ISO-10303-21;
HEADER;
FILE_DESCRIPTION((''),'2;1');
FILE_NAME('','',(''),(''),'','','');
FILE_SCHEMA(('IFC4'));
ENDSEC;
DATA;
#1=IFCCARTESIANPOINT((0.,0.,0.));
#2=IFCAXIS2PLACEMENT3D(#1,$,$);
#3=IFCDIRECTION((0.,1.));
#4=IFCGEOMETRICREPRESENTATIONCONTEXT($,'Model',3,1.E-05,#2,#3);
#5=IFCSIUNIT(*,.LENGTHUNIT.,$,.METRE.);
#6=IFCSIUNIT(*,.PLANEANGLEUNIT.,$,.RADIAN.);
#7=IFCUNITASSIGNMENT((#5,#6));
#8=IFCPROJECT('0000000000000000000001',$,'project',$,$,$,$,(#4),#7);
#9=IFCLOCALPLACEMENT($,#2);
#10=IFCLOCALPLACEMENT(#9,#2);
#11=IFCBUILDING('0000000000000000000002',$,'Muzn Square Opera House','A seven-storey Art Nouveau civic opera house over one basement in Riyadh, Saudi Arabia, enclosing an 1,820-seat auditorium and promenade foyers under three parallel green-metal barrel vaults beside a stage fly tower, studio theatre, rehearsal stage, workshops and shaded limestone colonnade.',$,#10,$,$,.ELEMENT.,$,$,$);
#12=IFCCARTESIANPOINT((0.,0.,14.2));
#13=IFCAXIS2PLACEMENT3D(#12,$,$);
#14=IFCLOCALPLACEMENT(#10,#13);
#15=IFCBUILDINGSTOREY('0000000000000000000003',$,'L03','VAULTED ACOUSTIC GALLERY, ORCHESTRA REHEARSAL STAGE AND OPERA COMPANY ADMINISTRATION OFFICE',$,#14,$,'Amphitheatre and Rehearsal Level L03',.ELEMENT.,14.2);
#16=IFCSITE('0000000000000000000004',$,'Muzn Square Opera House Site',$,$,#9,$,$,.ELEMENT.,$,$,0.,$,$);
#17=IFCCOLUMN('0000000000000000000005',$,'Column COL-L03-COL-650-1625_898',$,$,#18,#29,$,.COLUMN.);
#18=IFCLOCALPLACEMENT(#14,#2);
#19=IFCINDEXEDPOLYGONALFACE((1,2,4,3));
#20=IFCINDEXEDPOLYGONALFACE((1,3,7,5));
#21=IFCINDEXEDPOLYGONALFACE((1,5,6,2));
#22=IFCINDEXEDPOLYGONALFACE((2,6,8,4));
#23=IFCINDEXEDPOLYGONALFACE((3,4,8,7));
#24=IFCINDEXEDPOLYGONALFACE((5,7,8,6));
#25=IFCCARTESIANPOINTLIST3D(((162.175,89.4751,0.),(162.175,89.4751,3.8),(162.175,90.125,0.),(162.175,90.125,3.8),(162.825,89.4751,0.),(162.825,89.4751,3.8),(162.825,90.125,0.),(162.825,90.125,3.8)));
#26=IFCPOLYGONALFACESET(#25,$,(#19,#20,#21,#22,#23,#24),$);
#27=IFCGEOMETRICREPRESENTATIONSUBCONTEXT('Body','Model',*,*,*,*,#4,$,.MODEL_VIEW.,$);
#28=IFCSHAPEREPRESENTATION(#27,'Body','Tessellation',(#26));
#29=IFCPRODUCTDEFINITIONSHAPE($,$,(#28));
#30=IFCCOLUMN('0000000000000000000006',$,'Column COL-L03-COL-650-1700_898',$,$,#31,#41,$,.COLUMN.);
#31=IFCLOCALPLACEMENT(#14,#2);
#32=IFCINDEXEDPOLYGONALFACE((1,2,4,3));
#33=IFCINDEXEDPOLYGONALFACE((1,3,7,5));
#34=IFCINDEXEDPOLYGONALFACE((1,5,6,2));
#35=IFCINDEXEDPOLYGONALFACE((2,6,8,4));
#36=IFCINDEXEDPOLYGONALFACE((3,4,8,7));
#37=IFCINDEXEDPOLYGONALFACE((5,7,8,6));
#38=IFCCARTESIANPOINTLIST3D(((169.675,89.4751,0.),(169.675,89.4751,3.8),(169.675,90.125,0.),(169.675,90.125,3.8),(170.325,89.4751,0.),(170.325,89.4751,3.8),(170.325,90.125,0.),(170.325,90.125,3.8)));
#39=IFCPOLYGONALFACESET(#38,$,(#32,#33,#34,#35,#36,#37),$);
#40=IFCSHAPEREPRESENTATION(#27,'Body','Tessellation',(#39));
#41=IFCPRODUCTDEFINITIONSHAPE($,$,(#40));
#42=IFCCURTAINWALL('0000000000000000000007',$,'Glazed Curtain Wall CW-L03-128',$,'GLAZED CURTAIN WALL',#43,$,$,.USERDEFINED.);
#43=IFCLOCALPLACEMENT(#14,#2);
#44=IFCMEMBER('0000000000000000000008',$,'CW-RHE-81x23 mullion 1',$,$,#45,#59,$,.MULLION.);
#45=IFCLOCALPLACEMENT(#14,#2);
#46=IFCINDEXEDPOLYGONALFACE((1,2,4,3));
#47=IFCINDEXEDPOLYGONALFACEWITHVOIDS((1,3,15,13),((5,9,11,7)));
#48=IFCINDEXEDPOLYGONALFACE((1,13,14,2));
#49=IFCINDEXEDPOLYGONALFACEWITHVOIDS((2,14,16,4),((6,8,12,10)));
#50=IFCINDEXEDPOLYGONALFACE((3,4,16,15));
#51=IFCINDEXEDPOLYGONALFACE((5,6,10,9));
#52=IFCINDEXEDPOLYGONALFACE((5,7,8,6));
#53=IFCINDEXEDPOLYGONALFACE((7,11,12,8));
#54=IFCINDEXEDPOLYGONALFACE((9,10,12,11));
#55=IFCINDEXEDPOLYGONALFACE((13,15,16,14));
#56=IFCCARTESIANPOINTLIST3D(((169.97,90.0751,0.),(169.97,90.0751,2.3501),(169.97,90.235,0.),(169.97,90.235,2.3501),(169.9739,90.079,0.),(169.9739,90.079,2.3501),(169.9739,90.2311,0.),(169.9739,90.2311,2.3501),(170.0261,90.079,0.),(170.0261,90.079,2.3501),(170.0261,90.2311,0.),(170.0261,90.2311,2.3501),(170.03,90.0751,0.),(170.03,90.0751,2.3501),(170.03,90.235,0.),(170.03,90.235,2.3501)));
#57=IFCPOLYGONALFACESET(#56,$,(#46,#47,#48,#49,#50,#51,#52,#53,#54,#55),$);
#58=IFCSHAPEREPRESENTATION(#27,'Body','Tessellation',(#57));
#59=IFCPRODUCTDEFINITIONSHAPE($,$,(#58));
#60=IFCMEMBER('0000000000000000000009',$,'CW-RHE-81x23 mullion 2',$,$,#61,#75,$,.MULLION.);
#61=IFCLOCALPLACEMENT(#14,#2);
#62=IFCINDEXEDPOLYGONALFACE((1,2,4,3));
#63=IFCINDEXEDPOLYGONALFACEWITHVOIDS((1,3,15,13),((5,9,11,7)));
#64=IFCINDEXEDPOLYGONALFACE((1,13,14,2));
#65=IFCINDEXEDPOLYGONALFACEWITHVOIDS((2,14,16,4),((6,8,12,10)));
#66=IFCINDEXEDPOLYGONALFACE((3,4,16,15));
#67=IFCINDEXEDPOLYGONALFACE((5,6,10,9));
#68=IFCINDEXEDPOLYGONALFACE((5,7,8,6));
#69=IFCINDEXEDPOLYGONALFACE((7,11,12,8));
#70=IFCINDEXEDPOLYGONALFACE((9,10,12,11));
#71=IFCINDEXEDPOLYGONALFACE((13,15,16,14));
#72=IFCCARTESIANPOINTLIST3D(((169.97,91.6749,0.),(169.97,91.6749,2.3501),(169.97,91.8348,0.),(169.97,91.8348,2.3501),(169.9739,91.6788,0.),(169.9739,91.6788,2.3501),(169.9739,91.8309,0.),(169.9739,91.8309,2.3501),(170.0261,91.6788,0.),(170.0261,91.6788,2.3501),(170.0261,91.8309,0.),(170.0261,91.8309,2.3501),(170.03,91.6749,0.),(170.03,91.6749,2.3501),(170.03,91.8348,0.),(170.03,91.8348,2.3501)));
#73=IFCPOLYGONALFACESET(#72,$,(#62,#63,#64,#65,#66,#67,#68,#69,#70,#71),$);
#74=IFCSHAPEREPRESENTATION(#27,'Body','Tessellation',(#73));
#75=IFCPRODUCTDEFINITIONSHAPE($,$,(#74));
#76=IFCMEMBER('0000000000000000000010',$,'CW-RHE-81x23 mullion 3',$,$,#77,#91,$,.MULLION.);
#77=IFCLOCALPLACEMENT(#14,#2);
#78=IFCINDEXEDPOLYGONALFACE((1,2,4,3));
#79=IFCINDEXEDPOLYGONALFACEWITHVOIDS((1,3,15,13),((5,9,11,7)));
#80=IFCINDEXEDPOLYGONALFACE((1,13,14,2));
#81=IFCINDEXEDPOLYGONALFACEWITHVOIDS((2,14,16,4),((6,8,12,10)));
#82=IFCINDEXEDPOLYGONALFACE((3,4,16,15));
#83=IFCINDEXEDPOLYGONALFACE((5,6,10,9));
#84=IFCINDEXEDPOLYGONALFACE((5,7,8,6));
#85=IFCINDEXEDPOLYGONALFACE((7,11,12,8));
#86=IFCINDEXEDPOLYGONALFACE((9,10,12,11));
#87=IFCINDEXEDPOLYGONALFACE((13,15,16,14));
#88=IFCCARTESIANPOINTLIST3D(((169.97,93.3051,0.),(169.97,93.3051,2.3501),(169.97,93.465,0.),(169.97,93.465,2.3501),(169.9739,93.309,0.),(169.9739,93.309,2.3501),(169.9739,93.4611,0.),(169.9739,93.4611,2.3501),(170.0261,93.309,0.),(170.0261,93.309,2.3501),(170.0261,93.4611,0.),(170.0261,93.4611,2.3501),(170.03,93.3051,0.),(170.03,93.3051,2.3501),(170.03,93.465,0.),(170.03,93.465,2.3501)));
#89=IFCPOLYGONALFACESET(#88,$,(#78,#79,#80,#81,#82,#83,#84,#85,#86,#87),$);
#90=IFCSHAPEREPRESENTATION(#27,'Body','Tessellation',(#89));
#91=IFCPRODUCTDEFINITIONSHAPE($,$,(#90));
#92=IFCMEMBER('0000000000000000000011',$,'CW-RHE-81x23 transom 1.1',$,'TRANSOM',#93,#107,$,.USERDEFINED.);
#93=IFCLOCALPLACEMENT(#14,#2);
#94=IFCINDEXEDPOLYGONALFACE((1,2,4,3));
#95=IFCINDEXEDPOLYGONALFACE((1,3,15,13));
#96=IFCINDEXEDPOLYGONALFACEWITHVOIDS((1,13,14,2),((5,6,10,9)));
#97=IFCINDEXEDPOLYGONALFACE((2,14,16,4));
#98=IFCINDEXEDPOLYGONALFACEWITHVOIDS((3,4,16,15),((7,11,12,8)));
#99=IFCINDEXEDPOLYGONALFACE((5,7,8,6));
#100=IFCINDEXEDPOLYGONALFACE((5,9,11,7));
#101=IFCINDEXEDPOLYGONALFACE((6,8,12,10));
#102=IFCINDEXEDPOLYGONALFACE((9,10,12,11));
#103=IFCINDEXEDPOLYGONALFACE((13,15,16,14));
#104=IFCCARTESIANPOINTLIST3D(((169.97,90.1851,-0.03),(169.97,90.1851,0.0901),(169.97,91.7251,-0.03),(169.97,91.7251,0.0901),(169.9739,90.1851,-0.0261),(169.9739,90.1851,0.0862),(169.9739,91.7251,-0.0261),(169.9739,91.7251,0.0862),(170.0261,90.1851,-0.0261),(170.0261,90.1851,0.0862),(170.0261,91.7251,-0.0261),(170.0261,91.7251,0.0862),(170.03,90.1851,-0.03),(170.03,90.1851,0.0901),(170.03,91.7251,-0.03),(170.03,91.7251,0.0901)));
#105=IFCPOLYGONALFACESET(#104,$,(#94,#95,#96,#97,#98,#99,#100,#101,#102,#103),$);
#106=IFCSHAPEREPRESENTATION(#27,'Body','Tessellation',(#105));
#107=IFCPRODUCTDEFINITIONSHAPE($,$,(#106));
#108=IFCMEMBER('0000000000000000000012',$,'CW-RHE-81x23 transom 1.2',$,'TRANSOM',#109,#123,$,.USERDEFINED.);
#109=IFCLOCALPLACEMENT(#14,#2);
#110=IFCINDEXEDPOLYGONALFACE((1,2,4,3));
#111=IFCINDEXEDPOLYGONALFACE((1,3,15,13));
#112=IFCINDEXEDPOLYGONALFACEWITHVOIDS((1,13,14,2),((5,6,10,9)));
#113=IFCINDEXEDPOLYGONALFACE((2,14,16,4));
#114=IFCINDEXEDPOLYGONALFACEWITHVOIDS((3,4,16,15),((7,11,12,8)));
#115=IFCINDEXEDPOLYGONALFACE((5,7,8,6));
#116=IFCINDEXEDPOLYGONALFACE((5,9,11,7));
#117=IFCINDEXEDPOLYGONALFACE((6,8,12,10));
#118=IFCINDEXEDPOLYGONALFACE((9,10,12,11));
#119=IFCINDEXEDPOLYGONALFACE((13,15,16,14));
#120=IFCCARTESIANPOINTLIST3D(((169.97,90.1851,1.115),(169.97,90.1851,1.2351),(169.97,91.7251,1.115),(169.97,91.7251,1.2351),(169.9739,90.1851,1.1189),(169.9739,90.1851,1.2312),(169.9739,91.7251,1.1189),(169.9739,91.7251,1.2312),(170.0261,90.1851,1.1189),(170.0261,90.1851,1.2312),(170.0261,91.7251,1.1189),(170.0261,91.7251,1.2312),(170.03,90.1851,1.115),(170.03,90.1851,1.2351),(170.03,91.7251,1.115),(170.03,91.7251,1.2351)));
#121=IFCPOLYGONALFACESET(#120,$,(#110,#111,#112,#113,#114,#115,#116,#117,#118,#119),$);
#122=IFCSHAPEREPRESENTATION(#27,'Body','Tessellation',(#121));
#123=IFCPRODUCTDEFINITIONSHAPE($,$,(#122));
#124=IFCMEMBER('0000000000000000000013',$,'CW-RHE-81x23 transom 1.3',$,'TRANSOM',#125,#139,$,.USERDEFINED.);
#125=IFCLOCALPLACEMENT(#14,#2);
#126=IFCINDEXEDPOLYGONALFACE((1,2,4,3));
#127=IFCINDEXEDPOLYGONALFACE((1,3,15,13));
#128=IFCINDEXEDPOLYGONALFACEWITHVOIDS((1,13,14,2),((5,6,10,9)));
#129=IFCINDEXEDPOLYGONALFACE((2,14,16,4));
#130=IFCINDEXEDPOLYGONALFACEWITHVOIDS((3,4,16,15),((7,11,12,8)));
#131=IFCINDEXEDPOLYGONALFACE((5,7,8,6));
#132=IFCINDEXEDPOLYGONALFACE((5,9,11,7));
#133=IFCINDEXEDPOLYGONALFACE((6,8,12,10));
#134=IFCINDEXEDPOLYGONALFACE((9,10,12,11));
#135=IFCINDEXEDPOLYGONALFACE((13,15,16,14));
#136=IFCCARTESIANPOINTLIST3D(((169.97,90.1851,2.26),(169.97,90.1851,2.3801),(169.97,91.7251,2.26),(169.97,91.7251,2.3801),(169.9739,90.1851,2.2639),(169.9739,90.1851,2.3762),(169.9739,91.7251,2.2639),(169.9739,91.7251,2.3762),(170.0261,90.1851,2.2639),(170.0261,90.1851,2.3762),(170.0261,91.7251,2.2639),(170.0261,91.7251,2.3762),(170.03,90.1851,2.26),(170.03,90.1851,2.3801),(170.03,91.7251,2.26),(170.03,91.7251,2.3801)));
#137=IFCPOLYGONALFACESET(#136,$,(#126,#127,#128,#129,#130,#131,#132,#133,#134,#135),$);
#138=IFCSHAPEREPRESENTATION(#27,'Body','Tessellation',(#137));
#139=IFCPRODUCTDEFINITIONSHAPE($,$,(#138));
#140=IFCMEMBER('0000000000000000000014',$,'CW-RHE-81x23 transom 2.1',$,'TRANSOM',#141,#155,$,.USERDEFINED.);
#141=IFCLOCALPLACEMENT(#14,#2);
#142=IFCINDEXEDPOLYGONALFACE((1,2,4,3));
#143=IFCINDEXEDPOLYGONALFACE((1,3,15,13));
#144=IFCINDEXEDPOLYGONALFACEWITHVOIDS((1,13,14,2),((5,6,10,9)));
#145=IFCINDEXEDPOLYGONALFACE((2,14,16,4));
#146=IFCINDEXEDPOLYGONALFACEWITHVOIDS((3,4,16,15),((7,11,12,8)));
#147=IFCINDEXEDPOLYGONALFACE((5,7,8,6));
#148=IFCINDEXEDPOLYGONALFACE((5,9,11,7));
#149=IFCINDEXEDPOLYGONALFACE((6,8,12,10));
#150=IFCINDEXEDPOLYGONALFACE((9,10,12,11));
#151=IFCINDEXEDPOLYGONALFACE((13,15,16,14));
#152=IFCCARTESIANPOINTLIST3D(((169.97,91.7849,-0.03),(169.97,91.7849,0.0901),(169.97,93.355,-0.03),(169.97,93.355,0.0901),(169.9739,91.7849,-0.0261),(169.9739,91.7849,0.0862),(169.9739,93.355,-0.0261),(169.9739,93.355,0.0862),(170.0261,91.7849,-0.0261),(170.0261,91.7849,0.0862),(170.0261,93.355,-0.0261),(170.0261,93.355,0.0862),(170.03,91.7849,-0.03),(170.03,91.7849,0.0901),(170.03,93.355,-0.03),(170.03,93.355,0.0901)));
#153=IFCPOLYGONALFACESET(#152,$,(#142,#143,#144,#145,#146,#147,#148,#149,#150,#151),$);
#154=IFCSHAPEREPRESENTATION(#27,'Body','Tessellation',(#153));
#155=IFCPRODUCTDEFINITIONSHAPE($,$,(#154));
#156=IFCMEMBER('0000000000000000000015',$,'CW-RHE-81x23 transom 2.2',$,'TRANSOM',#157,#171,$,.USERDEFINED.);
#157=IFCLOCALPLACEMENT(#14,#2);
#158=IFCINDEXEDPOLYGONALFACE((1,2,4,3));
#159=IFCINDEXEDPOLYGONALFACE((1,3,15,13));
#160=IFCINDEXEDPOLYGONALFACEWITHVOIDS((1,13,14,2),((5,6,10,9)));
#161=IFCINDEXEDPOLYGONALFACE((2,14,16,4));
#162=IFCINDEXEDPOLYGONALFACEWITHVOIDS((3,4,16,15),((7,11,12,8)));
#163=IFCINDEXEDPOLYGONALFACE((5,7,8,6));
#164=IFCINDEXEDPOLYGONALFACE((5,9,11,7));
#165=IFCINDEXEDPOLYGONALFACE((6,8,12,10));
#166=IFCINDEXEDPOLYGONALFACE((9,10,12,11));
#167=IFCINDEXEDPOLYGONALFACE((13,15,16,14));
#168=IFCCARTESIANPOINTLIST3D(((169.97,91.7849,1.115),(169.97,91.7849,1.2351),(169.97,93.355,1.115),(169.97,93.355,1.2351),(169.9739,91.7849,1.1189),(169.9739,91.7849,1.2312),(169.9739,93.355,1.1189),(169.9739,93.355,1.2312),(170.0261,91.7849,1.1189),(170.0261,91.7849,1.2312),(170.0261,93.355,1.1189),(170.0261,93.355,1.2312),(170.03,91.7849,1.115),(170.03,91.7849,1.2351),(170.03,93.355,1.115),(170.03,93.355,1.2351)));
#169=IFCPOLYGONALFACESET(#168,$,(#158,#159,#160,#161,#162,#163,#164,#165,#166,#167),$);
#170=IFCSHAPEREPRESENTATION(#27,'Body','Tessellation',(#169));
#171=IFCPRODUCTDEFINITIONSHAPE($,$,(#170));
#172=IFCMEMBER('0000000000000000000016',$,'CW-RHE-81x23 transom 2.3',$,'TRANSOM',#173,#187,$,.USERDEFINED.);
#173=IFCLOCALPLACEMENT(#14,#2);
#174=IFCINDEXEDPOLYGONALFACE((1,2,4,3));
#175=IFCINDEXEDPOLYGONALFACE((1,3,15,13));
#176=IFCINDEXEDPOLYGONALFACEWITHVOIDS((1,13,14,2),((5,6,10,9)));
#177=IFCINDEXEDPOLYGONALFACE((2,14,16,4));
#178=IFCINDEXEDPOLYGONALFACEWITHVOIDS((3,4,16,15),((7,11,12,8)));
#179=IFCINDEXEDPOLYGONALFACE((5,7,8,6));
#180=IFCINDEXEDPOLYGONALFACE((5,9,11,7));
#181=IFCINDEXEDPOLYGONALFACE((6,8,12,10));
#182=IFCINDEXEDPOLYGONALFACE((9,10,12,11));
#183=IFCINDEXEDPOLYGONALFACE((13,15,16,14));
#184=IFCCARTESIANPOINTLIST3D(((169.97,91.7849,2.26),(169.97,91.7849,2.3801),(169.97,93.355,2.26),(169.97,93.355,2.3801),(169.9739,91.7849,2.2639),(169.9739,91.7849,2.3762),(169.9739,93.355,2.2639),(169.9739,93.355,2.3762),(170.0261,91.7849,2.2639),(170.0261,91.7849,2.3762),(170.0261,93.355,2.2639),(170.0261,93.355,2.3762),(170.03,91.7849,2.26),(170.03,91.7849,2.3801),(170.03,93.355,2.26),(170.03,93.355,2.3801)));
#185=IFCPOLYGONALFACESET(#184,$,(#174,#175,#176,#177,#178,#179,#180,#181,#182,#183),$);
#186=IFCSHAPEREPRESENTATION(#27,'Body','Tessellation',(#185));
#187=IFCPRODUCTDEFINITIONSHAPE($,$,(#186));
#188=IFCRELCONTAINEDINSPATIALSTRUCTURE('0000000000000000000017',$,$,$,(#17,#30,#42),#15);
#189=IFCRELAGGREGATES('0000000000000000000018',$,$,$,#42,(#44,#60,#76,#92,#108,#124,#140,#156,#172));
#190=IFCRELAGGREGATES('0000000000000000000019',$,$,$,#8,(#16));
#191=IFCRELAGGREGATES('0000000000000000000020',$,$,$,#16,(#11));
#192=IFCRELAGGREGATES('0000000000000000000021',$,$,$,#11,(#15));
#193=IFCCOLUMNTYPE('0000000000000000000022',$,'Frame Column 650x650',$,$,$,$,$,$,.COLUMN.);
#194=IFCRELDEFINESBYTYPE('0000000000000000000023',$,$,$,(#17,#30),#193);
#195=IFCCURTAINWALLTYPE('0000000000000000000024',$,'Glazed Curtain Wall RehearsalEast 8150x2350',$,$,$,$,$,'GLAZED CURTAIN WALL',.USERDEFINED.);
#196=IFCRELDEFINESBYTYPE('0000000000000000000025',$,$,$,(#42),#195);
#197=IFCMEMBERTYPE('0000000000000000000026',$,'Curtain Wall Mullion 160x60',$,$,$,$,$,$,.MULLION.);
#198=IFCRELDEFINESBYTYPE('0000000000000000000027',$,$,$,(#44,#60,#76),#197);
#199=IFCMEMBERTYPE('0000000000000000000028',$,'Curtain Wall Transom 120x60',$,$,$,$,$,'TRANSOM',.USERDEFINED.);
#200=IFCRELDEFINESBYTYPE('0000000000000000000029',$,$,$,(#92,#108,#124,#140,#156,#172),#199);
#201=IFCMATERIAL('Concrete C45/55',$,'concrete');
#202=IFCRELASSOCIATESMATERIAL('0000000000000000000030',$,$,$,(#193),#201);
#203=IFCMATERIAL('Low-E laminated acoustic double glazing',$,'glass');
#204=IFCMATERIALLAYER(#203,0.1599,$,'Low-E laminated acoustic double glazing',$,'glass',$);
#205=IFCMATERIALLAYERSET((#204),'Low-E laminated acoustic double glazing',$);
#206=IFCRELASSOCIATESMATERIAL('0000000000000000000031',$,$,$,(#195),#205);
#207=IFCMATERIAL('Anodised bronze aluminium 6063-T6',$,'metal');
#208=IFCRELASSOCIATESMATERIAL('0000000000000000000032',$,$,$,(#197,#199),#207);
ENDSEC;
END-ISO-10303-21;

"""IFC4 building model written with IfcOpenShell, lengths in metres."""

from ifc_helpers import new_model, si_unit, direction, frame, origin, origin_2d, place, context, subcontext, project, spatial, rectangle, hollow_rectangle, extrude, material, layer, layer_set, material_profile, profile_set, type_object, element, aggregate, save


model = new_model("IFC4")

# Units and contexts
model_context = context("Model", 3, precision=1e-05, world=origin(), true_north=direction((0.0, 1.0)))
body_context = subcontext(model_context, "Body", "Model", "MODEL_VIEW")
ifc_project = project(units=[si_unit("LENGTHUNIT", "METRE"), si_unit("PLANEANGLEUNIT", "RADIAN")], contexts=[model_context])

# Site, building, storey
site_placement = place(None, origin())
site = spatial("IfcSite", under=ifc_project, at=site_placement, Name="Muzn Square Opera House Site", CompositionType="ELEMENT", RefElevation=0.0)
building_placement = place(site_placement, origin())
building = spatial("IfcBuilding", under=site, at=building_placement, Name="Muzn Square Opera House", Description="A seven-storey Art Nouveau civic opera house over one basement in Riyadh, Saudi Arabia, enclosing an 1,820-seat auditorium and promenade foyers under three parallel green-metal barrel vaults beside a stage fly tower, studio theatre, rehearsal stage, workshops and shaded limestone colonnade.", CompositionType="ELEMENT")
storey_placement = place(building_placement, frame((0.0, 0.0, 14.2)))
storey = spatial("IfcBuildingStorey", under=building, at=storey_placement, Name="L03", Description="VAULTED ACOUSTIC GALLERY, ORCHESTRA REHEARSAL STAGE AND OPERA COMPANY ADMINISTRATION OFFICE", LongName="Amphitheatre and Rehearsal Level L03", CompositionType="ELEMENT", Elevation=14.2)

# Columns
ifc_material_1 = material(Name="Concrete C45/55", Category="concrete")
ifc_material_profile_1 = material_profile(ifc_material_1, rectangle(XDim=0.6499, YDim=0.6499, at=origin_2d()), Name="RC 650x650", Category="concrete")
ifc_profile_set_1 = profile_set([ifc_material_profile_1], Name="Concrete C45/55")
column_type = type_object("IfcColumnType", Name="Frame Column 650x650", PredefinedType="COLUMN", material=ifc_profile_set_1)
for number, where, z_axis, x_axis, name in (
    (1, (162.5, 89.8, 0.0), (0.0, 0.0, 1.0), (1.0, 0.0, 0.0), "Column COL-L03-COL-650-1625_898"),
    (2, (170.0, 89.8, 0.0), (0.0, 0.0, 1.0), (1.0, 0.0, 0.0), "Column COL-L03-COL-650-1700_898"),
):
    element("IfcColumn", number, at=place(storey_placement, frame(where, z_axis=z_axis, x_axis=x_axis)), inside=storey, type_object=column_type, Name=name, PredefinedType="COLUMN", context=body_context, shape_type="SweptSolid", body=[
        extrude(rectangle(XDim=0.6499, YDim=0.6499, at=origin_2d()), origin(), (0.0, 0.0, 1.0), 3.8),
    ])

# Curtain wall, members
ifc_material_2 = material(Name="Low-E laminated acoustic double glazing", Category="glass")
ifc_layer_1 = layer(ifc_material_2, 0.1599, Name="Low-E laminated acoustic double glazing", Category="glass")
ifc_layer_set_1 = layer_set([ifc_layer_1], Name="Low-E laminated acoustic double glazing")
curtain_wall_type = type_object("IfcCurtainWallType", Name="Glazed Curtain Wall RehearsalEast 8150x2350", ElementType="GLAZED CURTAIN WALL", PredefinedType="USERDEFINED", material=ifc_layer_set_1)
curtain_wall_placement = place(storey_placement, origin())
curtain_wall = element("IfcCurtainWall", 3, at=curtain_wall_placement, inside=storey, type_object=curtain_wall_type, Name="Glazed Curtain Wall CW-L03-128", ObjectType="GLAZED CURTAIN WALL", PredefinedType="USERDEFINED")
ifc_material_3 = material(Name="Anodised bronze aluminium 6063-T6", Category="metal")
ifc_material_profile_2 = material_profile(ifc_material_3, hollow_rectangle(XDim=0.0601, YDim=0.1599, WallThickness=0.0039, at=origin_2d()), Name="ALU 160x60x4", Category="metal")
ifc_profile_set_2 = profile_set([ifc_material_profile_2], Name="Anodised bronze aluminium 6063-T6")
member_type_1 = type_object("IfcMemberType", Name="Curtain Wall Mullion 160x60", PredefinedType="MULLION", material=ifc_profile_set_2)
member_1_placement = place(storey_placement, frame((170.0, 90.155, 0.0), z_axis=(0.0, 0.0, 1.0), x_axis=(-1.0, 0.0, 0.0)))
member_1 = element("IfcMember", 4, at=member_1_placement, type_object=member_type_1, Name="CW-RHE-81x23 mullion 1", PredefinedType="MULLION", context=body_context, shape_type="SweptSolid", body=[
    extrude(hollow_rectangle(XDim=0.0601, YDim=0.1599, WallThickness=0.0039, at=origin_2d()), origin(), (0.0, 0.0, 1.0), 2.3501),
])
member_2_placement = place(storey_placement, frame((170.0, 91.7549, 0.0), z_axis=(0.0, 0.0, 1.0), x_axis=(-1.0, 0.0, 0.0)))
member_2 = element("IfcMember", 5, at=member_2_placement, type_object=member_type_1, Name="CW-RHE-81x23 mullion 2", PredefinedType="MULLION", context=body_context, shape_type="SweptSolid", body=[
    extrude(hollow_rectangle(XDim=0.0601, YDim=0.1599, WallThickness=0.0039, at=origin_2d()), origin(), (0.0, 0.0, 1.0), 2.3501),
])
member_3_placement = place(storey_placement, frame((170.0, 93.385, 0.0), z_axis=(0.0, 0.0, 1.0), x_axis=(-1.0, 0.0, 0.0)))
member_3 = element("IfcMember", 6, at=member_3_placement, type_object=member_type_1, Name="CW-RHE-81x23 mullion 3", PredefinedType="MULLION", context=body_context, shape_type="SweptSolid", body=[
    extrude(hollow_rectangle(XDim=0.0601, YDim=0.1599, WallThickness=0.0039, at=origin_2d()), origin(), (0.0, 0.0, 1.0), 2.3501),
])
ifc_material_profile_3 = material_profile(ifc_material_3, hollow_rectangle(XDim=0.0601, YDim=0.1201, WallThickness=0.0039, at=origin_2d()), Name="ALU 120x60x4", Category="metal")
ifc_profile_set_3 = profile_set([ifc_material_profile_3], Name="Anodised bronze aluminium 6063-T6")
member_type_2 = type_object("IfcMemberType", Name="Curtain Wall Transom 120x60", ElementType="TRANSOM", PredefinedType="USERDEFINED", material=ifc_profile_set_3)
member_4_placement = place(storey_placement, frame((170.0, 90.1851, 0.03), z_axis=(0.0, 1.0, 0.0), x_axis=(-1.0, 0.0, 0.0)))
member_4 = element("IfcMember", 7, at=member_4_placement, type_object=member_type_2, Name="CW-RHE-81x23 transom 1.1", ObjectType="TRANSOM", PredefinedType="USERDEFINED", context=body_context, shape_type="SweptSolid", body=[
    extrude(hollow_rectangle(XDim=0.0601, YDim=0.1201, WallThickness=0.0039, at=origin_2d()), origin(), (0.0, 0.0, 1.0), 1.54),
])
member_5_placement = place(storey_placement, frame((170.0, 90.1851, 1.175), z_axis=(0.0, 1.0, 0.0), x_axis=(-1.0, 0.0, 0.0)))
member_5 = element("IfcMember", 8, at=member_5_placement, type_object=member_type_2, Name="CW-RHE-81x23 transom 1.2", ObjectType="TRANSOM", PredefinedType="USERDEFINED", context=body_context, shape_type="SweptSolid", body=[
    extrude(hollow_rectangle(XDim=0.0601, YDim=0.1201, WallThickness=0.0039, at=origin_2d()), origin(), (0.0, 0.0, 1.0), 1.54),
])
member_6_placement = place(storey_placement, frame((170.0, 90.1851, 2.3201), z_axis=(0.0, 1.0, 0.0), x_axis=(-1.0, 0.0, 0.0)))
member_6 = element("IfcMember", 9, at=member_6_placement, type_object=member_type_2, Name="CW-RHE-81x23 transom 1.3", ObjectType="TRANSOM", PredefinedType="USERDEFINED", context=body_context, shape_type="SweptSolid", body=[
    extrude(hollow_rectangle(XDim=0.0601, YDim=0.1201, WallThickness=0.0039, at=origin_2d()), origin(), (0.0, 0.0, 1.0), 1.54),
])
member_7_placement = place(storey_placement, frame((170.0, 91.7849, 0.03), z_axis=(0.0, 1.0, 0.0), x_axis=(-1.0, 0.0, 0.0)))
member_7 = element("IfcMember", 10, at=member_7_placement, type_object=member_type_2, Name="CW-RHE-81x23 transom 2.1", ObjectType="TRANSOM", PredefinedType="USERDEFINED", context=body_context, shape_type="SweptSolid", body=[
    extrude(hollow_rectangle(XDim=0.0601, YDim=0.1201, WallThickness=0.0039, at=origin_2d()), origin(), (0.0, 0.0, 1.0), 1.5701),
])
member_8_placement = place(storey_placement, frame((170.0, 91.7849, 1.175), z_axis=(0.0, 1.0, 0.0), x_axis=(-1.0, 0.0, 0.0)))
member_8 = element("IfcMember", 11, at=member_8_placement, type_object=member_type_2, Name="CW-RHE-81x23 transom 2.2", ObjectType="TRANSOM", PredefinedType="USERDEFINED", context=body_context, shape_type="SweptSolid", body=[
    extrude(hollow_rectangle(XDim=0.0601, YDim=0.1201, WallThickness=0.0039, at=origin_2d()), origin(), (0.0, 0.0, 1.0), 1.5701),
])
member_9_placement = place(storey_placement, frame((170.0, 91.7849, 2.3201), z_axis=(0.0, 1.0, 0.0), x_axis=(-1.0, 0.0, 0.0)))
member_9 = element("IfcMember", 12, at=member_9_placement, type_object=member_type_2, Name="CW-RHE-81x23 transom 2.3", ObjectType="TRANSOM", PredefinedType="USERDEFINED", context=body_context, shape_type="SweptSolid", body=[
    extrude(hollow_rectangle(XDim=0.0601, YDim=0.1201, WallThickness=0.0039, at=origin_2d()), origin(), (0.0, 0.0, 1.0), 1.5701),
])

aggregate(curtain_wall, [member_1, member_2, member_3, member_4, member_5, member_6, member_7, member_8, member_9])

save(model, "model.ifc")
